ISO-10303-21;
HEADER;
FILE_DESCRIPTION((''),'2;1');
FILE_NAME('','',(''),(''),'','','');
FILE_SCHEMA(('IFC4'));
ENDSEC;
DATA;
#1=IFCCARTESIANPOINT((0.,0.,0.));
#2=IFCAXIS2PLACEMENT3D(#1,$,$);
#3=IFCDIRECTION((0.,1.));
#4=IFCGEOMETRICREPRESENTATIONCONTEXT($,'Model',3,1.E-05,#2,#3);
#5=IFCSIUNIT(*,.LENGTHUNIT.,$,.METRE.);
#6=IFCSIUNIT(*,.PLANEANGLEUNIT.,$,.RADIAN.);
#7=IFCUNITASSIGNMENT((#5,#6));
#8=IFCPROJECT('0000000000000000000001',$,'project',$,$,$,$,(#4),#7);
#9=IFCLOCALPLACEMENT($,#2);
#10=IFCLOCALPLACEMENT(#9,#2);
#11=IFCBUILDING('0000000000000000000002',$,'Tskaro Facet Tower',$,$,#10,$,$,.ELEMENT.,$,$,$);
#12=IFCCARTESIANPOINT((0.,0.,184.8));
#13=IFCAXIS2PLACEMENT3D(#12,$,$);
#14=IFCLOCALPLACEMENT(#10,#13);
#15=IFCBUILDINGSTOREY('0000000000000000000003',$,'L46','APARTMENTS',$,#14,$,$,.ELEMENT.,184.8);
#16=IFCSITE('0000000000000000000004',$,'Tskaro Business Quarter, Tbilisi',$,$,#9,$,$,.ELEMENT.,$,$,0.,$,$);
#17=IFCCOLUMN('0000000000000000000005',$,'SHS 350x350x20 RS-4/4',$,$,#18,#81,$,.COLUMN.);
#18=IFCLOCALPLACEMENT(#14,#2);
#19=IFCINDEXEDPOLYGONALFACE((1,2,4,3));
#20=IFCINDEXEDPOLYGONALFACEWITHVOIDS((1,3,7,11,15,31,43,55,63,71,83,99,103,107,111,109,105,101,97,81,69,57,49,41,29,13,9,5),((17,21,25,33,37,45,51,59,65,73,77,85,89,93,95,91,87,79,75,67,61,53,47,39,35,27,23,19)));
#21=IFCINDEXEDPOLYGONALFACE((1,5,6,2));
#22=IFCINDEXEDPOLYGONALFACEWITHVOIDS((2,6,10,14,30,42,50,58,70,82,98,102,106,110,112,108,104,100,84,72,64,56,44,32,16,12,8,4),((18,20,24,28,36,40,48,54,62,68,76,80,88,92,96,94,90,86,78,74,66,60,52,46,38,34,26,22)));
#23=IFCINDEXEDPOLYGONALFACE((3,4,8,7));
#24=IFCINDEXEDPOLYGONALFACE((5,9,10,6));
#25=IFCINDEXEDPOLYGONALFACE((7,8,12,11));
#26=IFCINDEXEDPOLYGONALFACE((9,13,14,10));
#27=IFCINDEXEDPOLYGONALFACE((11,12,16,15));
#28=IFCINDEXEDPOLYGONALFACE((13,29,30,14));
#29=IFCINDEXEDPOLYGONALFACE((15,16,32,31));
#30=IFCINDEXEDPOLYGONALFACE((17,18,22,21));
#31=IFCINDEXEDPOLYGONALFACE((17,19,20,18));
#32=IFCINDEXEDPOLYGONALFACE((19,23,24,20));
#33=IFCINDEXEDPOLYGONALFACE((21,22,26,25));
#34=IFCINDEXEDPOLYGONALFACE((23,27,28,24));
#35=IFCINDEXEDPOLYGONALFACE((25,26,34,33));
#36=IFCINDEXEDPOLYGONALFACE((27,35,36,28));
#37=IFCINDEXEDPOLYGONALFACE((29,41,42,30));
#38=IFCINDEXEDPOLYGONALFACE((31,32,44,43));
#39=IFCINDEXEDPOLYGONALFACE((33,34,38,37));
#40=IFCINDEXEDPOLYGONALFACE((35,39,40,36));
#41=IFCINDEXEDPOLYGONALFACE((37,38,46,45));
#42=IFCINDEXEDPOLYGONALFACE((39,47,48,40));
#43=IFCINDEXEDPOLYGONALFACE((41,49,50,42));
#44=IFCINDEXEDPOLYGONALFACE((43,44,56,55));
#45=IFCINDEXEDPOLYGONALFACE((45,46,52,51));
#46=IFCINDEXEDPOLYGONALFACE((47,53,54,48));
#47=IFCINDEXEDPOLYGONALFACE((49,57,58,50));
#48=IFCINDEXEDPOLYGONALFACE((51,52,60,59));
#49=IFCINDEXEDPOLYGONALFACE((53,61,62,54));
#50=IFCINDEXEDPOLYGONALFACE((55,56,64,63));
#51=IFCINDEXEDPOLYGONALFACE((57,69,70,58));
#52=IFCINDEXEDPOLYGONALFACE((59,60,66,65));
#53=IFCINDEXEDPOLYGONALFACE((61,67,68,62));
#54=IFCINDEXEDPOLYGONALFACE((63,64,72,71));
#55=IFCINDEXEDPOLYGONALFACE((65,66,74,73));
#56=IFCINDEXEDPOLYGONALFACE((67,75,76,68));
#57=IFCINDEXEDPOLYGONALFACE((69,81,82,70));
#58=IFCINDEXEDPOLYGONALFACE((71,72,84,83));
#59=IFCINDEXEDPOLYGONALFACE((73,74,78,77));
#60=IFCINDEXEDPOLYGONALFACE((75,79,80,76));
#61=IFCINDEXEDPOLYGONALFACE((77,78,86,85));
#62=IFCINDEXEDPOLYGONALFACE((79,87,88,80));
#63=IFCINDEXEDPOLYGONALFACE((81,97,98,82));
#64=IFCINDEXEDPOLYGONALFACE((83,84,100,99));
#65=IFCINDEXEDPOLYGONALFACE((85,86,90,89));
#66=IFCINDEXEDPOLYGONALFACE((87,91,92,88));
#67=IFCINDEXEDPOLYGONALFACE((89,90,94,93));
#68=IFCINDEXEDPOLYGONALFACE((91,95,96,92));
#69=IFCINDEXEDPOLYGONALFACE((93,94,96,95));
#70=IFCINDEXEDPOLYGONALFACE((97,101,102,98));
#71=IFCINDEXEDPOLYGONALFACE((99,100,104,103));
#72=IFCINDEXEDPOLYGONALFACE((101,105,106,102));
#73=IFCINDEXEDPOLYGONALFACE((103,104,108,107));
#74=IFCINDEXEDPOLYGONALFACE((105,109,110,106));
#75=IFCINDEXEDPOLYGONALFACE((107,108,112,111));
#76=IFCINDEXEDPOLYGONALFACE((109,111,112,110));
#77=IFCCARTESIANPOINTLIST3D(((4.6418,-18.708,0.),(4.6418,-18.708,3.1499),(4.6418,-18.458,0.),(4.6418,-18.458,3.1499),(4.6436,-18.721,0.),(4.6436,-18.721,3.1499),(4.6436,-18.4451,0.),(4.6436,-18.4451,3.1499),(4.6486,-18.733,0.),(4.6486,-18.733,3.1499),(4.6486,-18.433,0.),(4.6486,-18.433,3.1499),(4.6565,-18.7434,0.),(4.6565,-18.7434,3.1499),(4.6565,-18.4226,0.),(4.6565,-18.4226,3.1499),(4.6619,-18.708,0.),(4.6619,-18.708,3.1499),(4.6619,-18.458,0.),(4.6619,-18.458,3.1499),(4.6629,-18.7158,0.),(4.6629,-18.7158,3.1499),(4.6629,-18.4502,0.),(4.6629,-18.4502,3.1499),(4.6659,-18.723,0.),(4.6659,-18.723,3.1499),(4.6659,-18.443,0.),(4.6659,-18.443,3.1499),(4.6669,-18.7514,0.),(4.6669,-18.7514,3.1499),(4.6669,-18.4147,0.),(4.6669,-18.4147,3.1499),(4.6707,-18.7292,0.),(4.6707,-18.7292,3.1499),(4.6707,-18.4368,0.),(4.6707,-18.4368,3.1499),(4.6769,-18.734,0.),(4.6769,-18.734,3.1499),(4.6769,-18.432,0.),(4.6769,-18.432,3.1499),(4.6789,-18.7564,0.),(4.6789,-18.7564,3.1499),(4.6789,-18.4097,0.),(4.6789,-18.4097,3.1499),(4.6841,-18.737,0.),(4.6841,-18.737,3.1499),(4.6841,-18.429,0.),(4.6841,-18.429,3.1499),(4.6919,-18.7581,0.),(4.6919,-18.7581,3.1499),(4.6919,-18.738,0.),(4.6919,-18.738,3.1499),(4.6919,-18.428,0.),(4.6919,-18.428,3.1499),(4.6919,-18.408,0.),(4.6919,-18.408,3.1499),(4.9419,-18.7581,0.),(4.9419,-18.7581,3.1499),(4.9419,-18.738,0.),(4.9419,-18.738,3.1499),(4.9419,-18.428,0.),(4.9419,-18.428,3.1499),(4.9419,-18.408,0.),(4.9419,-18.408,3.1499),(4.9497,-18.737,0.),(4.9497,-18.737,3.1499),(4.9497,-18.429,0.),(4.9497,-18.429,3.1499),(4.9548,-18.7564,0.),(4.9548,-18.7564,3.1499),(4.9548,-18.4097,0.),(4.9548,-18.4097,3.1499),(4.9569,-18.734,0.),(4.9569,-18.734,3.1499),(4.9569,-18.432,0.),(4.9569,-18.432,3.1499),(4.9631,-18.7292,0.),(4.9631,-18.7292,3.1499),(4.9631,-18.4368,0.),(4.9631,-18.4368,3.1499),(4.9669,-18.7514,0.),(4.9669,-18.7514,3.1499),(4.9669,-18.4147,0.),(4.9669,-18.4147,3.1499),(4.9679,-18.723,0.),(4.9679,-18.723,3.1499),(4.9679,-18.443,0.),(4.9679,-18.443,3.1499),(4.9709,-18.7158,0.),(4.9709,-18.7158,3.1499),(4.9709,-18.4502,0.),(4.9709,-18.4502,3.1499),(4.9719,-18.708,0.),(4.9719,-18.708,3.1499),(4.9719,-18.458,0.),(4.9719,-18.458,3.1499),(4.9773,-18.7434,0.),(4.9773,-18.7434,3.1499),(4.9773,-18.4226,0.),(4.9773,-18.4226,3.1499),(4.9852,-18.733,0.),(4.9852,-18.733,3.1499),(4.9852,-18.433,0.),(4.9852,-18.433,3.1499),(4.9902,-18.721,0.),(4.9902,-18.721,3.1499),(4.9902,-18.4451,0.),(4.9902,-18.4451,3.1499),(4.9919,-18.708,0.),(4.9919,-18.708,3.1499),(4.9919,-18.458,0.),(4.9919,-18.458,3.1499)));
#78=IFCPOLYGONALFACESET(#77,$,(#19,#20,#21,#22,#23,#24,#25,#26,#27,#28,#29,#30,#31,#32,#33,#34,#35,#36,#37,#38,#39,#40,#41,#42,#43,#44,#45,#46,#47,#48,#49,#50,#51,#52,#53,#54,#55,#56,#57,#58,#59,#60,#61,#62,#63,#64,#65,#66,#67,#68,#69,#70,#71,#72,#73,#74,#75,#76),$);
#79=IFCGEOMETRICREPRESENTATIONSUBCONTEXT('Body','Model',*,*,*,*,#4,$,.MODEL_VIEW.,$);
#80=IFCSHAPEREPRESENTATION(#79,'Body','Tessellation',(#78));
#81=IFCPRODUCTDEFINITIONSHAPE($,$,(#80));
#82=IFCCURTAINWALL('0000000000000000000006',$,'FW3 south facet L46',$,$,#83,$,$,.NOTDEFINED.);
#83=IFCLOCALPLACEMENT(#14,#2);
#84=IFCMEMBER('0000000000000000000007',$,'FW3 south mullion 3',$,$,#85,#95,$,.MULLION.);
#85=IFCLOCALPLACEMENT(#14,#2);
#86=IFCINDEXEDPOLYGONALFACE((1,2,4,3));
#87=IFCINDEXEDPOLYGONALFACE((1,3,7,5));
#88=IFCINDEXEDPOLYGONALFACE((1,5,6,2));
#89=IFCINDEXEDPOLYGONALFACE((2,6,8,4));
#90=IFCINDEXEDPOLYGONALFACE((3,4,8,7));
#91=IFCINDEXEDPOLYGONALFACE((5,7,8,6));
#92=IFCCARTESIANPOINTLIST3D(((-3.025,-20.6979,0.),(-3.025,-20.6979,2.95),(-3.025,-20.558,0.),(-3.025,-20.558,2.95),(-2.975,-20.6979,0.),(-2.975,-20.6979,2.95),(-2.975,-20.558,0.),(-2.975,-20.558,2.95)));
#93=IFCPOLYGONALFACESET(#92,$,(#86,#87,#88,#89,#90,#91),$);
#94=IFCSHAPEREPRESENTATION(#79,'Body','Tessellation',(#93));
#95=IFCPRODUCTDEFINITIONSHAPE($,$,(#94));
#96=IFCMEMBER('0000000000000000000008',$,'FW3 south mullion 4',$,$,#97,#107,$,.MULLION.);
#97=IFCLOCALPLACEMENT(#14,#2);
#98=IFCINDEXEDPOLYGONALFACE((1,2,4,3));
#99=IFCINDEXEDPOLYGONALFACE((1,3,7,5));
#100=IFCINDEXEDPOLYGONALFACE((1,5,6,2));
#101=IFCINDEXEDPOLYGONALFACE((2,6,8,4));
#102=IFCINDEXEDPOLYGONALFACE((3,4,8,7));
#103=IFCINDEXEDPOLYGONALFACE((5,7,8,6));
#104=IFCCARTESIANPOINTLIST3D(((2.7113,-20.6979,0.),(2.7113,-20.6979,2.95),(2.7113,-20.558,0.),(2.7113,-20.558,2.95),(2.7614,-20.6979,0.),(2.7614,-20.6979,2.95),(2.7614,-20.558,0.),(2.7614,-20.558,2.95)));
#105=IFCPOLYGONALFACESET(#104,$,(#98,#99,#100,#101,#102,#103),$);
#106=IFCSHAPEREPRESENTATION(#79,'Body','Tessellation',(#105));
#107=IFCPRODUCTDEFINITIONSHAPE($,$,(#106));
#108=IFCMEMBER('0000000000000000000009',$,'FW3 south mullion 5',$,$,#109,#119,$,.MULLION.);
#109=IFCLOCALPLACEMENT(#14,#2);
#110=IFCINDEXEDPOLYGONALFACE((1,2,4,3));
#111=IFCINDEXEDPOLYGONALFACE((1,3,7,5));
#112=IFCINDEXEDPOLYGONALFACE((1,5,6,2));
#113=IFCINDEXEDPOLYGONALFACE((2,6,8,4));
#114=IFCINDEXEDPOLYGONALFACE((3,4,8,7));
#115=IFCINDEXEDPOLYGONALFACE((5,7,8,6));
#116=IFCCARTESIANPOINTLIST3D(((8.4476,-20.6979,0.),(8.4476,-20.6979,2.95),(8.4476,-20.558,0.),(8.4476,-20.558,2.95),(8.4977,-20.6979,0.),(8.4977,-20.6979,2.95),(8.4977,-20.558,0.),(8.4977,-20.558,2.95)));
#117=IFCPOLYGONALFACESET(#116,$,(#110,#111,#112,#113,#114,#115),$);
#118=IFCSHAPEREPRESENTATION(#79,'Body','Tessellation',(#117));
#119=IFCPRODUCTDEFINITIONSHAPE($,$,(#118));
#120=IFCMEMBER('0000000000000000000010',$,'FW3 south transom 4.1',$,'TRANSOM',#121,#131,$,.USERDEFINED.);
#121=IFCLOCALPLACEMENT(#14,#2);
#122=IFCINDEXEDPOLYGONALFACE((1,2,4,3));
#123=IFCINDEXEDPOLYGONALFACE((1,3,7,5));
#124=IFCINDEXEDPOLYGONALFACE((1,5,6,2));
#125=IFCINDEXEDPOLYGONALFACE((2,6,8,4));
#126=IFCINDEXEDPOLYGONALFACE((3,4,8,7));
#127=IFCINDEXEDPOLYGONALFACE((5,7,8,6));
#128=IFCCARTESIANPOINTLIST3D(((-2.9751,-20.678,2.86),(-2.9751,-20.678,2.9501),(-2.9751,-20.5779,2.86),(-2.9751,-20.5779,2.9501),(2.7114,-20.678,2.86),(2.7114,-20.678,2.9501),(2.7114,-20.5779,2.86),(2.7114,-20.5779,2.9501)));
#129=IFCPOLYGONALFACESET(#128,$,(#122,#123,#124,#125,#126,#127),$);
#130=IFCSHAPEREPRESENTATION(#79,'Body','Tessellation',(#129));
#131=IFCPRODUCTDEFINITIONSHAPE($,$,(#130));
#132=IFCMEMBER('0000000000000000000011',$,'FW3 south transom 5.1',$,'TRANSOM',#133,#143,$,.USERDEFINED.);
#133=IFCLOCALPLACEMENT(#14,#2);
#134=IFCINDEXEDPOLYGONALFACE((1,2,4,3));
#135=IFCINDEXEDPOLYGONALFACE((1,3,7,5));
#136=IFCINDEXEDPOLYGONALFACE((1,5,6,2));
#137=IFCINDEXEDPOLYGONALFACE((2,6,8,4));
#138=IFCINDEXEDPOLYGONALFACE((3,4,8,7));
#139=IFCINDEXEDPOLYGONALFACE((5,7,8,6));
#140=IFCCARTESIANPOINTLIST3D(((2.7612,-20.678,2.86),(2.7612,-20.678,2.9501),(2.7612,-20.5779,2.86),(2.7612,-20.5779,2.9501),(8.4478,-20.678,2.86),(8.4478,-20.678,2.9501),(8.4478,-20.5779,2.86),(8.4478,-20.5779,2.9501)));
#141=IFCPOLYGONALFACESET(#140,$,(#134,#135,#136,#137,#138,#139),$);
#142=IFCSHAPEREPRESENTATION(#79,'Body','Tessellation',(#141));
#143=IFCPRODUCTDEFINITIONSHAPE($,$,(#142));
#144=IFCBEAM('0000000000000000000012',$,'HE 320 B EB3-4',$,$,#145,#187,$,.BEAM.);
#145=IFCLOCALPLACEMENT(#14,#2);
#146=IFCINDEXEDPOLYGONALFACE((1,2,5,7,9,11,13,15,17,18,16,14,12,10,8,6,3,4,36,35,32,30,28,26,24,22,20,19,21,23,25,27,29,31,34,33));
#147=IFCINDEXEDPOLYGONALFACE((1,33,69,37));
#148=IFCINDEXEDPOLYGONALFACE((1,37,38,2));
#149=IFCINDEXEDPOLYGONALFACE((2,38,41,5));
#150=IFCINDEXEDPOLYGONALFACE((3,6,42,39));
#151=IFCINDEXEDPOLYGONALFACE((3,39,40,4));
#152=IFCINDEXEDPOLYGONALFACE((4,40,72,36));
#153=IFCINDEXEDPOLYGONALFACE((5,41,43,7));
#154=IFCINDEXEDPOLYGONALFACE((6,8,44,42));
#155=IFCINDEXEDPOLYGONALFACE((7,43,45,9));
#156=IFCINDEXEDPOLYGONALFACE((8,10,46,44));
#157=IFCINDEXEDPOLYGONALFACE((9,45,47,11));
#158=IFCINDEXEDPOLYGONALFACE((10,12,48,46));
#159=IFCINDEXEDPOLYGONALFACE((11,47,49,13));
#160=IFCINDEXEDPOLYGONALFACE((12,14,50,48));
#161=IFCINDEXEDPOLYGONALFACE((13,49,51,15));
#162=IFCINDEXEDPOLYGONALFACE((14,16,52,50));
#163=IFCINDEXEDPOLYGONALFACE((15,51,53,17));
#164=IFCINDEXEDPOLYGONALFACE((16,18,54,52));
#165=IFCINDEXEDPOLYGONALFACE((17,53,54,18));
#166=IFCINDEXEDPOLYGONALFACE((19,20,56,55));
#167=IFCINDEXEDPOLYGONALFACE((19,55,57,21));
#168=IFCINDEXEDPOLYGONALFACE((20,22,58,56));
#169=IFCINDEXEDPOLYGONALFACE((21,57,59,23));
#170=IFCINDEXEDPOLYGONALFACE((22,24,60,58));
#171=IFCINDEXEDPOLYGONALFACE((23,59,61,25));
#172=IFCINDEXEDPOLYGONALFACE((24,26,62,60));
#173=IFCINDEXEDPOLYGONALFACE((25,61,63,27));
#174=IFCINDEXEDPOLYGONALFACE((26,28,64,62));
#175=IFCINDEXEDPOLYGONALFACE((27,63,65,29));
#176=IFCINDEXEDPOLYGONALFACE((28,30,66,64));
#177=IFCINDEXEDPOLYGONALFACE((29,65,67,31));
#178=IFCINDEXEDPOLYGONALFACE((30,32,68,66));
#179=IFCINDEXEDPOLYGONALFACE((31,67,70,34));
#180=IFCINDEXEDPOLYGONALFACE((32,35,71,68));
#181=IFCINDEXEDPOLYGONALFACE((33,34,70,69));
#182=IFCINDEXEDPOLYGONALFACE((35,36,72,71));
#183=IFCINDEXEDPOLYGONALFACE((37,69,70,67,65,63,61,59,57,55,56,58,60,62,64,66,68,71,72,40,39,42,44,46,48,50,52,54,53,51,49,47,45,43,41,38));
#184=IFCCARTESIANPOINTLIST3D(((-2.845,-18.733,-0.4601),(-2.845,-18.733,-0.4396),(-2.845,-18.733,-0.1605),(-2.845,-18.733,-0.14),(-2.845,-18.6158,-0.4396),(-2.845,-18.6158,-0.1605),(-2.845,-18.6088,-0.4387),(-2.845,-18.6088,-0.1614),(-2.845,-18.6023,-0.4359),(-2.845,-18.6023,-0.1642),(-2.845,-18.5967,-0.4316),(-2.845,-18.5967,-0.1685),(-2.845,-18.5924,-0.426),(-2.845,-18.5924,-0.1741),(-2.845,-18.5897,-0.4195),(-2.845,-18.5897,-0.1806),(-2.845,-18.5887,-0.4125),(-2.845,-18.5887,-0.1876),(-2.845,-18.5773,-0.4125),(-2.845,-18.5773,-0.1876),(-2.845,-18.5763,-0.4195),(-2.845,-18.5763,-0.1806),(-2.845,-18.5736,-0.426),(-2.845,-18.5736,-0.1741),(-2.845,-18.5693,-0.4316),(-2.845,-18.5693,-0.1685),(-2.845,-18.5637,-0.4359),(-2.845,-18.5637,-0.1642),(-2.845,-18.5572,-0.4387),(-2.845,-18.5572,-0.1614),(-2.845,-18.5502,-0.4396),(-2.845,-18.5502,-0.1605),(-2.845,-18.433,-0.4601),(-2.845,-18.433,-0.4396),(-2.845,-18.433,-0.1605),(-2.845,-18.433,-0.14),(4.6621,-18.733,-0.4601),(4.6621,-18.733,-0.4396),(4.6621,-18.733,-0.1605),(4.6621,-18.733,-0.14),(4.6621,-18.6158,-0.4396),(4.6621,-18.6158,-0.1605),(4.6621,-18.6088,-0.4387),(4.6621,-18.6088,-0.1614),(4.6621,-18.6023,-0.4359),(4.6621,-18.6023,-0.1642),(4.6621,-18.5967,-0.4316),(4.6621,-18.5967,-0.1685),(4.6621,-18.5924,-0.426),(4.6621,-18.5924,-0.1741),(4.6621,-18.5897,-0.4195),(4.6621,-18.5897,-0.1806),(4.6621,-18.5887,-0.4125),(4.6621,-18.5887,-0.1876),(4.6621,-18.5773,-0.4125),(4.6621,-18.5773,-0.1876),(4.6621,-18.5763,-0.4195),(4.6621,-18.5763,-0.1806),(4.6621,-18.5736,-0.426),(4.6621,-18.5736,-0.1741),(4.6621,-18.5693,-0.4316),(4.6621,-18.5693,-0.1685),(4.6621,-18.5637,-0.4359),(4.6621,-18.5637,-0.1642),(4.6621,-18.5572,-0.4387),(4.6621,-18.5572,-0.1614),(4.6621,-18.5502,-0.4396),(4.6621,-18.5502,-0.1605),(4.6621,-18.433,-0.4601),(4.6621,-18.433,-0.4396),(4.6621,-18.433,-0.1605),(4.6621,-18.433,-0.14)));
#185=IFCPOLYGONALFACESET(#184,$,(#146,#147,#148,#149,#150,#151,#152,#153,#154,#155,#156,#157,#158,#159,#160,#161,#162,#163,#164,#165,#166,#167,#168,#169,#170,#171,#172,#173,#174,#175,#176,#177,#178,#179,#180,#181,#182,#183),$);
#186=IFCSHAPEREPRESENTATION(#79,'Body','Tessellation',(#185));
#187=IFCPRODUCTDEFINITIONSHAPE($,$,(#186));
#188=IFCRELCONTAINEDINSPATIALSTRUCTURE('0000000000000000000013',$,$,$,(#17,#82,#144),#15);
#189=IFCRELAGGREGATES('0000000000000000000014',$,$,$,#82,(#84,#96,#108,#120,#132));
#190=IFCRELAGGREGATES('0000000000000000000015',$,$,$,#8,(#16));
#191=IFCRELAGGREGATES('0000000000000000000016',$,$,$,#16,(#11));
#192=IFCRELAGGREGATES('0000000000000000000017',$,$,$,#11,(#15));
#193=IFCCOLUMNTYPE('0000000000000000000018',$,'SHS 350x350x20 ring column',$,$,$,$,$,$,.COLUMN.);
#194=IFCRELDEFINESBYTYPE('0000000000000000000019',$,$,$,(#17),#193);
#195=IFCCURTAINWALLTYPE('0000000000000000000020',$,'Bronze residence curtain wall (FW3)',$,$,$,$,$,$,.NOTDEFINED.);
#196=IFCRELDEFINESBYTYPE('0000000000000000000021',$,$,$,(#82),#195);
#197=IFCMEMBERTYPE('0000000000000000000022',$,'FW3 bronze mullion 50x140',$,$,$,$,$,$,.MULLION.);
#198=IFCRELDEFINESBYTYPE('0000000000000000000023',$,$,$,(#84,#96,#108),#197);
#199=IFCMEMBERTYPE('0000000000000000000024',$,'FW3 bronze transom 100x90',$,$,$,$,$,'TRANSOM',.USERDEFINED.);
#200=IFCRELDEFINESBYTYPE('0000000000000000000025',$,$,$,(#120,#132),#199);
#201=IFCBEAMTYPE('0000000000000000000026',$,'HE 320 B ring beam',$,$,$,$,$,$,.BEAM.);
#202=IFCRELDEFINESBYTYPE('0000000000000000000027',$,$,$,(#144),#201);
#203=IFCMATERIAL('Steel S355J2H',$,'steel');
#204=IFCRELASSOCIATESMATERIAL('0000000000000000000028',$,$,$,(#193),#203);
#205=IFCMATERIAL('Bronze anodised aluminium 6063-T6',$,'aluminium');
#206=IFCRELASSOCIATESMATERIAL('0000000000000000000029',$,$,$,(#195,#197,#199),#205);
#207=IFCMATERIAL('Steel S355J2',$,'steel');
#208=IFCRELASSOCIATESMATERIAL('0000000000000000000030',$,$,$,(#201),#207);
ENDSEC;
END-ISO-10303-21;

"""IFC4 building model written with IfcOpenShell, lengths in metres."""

from ifc_helpers import new_model, si_unit, direction, frame, origin, origin_2d, place, context, subcontext, project, spatial, rectangle, hollow_rectangle, i_section, extrude, material, material_profile, profile_set, type_object, element, aggregate, save


model = new_model("IFC4")

# Units and contexts
model_context = context("Model", 3, precision=1e-05, world=origin(), true_north=direction((0.0, 1.0)))
body_context = subcontext(model_context, "Body", "Model", "MODEL_VIEW")
ifc_project = project(units=[si_unit("LENGTHUNIT", "METRE"), si_unit("PLANEANGLEUNIT", "RADIAN")], contexts=[model_context])

# Site, building, storey
site_placement = place(None, origin())
site = spatial("IfcSite", under=ifc_project, at=site_placement, Name="Tskaro Business Quarter, Tbilisi", CompositionType="ELEMENT", RefElevation=0.0)
building_placement = place(site_placement, origin())
building = spatial("IfcBuilding", under=site, at=building_placement, Name="Tskaro Facet Tower", CompositionType="ELEMENT")
storey_placement = place(building_placement, frame((0.0, 0.0, 184.8)))
storey = spatial("IfcBuildingStorey", under=building, at=storey_placement, Name="L46", Description="APARTMENTS", CompositionType="ELEMENT", Elevation=184.8)

# Column
ifc_material_1 = material(Name="Steel S355J2H", Category="steel")
ifc_material_profile_1 = material_profile(ifc_material_1, hollow_rectangle(XDim=0.3501, YDim=0.3501, WallThickness=0.02, InnerFilletRadius=0.03, OuterFilletRadius=0.05, at=origin_2d()), Name="SHS 350x350x20")
ifc_profile_set_1 = profile_set([ifc_material_profile_1], Name="Steel S355J2H")
column_type = type_object("IfcColumnType", Name="SHS 350x350x20 ring column", PredefinedType="COLUMN", material=ifc_profile_set_1)
column_placement = place(storey_placement, frame((4.8169, -18.583, 0.0), z_axis=(0.0, 0.0, 1.0), x_axis=(1.0, 0.0, 0.0)))
element("IfcColumn", 1, at=column_placement, inside=storey, type_object=column_type, Name="SHS 350x350x20 RS-4/4", PredefinedType="COLUMN", context=body_context, shape_type="SweptSolid", body=[
    extrude(hollow_rectangle(XDim=0.3501, YDim=0.3501, WallThickness=0.02, InnerFilletRadius=0.03, OuterFilletRadius=0.05, at=origin_2d()), origin(), (0.0, 0.0, 1.0), 3.1499),
])

# Curtain wall, members
ifc_material_2 = material(Name="Bronze anodised aluminium 6063-T6", Category="aluminium")
curtain_wall_type = type_object("IfcCurtainWallType", Name="Bronze residence curtain wall (FW3)", PredefinedType="NOTDEFINED", material=ifc_material_2)
curtain_wall_placement = place(storey_placement, origin())
curtain_wall = element("IfcCurtainWall", 2, at=curtain_wall_placement, inside=storey, type_object=curtain_wall_type, Name="FW3 south facet L46", PredefinedType="NOTDEFINED")
ifc_material_profile_2 = material_profile(ifc_material_2, rectangle(XDim=0.05, YDim=0.1399, at=origin_2d()), Name="Mullion 50x140")
ifc_profile_set_2 = profile_set([ifc_material_profile_2], Name="Bronze anodised aluminium 6063-T6")
member_type_1 = type_object("IfcMemberType", Name="FW3 bronze mullion 50x140", PredefinedType="MULLION", material=ifc_profile_set_2)
member_1_placement = place(storey_placement, frame((-3.0, -20.6279, 0.0), z_axis=(0.0, 0.0, 1.0), x_axis=(1.0, 0.0, 0.0)))
member_1 = element("IfcMember", 3, at=member_1_placement, type_object=member_type_1, Name="FW3 south mullion 3", PredefinedType="MULLION", context=body_context, shape_type="SweptSolid", body=[
    extrude(rectangle(XDim=0.05, YDim=0.1399, at=origin_2d()), origin(), (0.0, 0.0, 1.0), 2.95),
])
member_2_placement = place(storey_placement, frame((2.7363, -20.6279, 0.0), z_axis=(0.0, 0.0, 1.0), x_axis=(1.0, 0.0, 0.0)))
member_2 = element("IfcMember", 4, at=member_2_placement, type_object=member_type_1, Name="FW3 south mullion 4", PredefinedType="MULLION", context=body_context, shape_type="SweptSolid", body=[
    extrude(rectangle(XDim=0.05, YDim=0.1399, at=origin_2d()), origin(), (0.0, 0.0, 1.0), 2.95),
])
member_3_placement = place(storey_placement, frame((8.4727, -20.6279, 0.0), z_axis=(0.0, 0.0, 1.0), x_axis=(1.0, 0.0, 0.0)))
member_3 = element("IfcMember", 5, at=member_3_placement, type_object=member_type_1, Name="FW3 south mullion 5", PredefinedType="MULLION", context=body_context, shape_type="SweptSolid", body=[
    extrude(rectangle(XDim=0.05, YDim=0.1399, at=origin_2d()), origin(), (0.0, 0.0, 1.0), 2.95),
])
ifc_material_profile_3 = material_profile(ifc_material_2, rectangle(XDim=0.1001, YDim=0.0901, at=origin_2d()), Name="Transom 100x90")
ifc_profile_set_3 = profile_set([ifc_material_profile_3], Name="Bronze anodised aluminium 6063-T6")
member_type_2 = type_object("IfcMemberType", Name="FW3 bronze transom 100x90", ElementType="TRANSOM", PredefinedType="USERDEFINED", material=ifc_profile_set_3)
member_4_placement = place(storey_placement, frame((-2.9751, -20.6279, 2.905), z_axis=(1.0, 0.0, 0.0), x_axis=(0.0, 1.0, 0.0)))
member_4 = element("IfcMember", 6, at=member_4_placement, type_object=member_type_2, Name="FW3 south transom 4.1", ObjectType="TRANSOM", PredefinedType="USERDEFINED", context=body_context, shape_type="SweptSolid", body=[
    extrude(rectangle(XDim=0.1001, YDim=0.0901, at=origin_2d()), origin(), (0.0, 0.0, 1.0), 5.6865),
])
member_5_placement = place(storey_placement, frame((2.7612, -20.6279, 2.905), z_axis=(1.0, 0.0, 0.0), x_axis=(0.0, 1.0, 0.0)))
member_5 = element("IfcMember", 7, at=member_5_placement, type_object=member_type_2, Name="FW3 south transom 5.1", ObjectType="TRANSOM", PredefinedType="USERDEFINED", context=body_context, shape_type="SweptSolid", body=[
    extrude(rectangle(XDim=0.1001, YDim=0.0901, at=origin_2d()), origin(), (0.0, 0.0, 1.0), 5.6865),
])

# Beam
ifc_material_3 = material(Name="Steel S355J2", Category="steel")
ifc_material_profile_4 = material_profile(ifc_material_3, i_section(OverallWidth=0.3, OverallDepth=0.3201, WebThickness=0.0115, FlangeThickness=0.0205, FilletRadius=0.0271, at=origin_2d()), Name="HE 320 B")
ifc_profile_set_4 = profile_set([ifc_material_profile_4], Name="Steel S355J2")
beam_type_1 = type_object("IfcBeamType", Name="HE 320 B ring beam", PredefinedType="BEAM", material=ifc_profile_set_4)
beam_1_placement = place(storey_placement, frame((-2.845, -18.583, -0.3), z_axis=(1.0, 0.0, 0.0), x_axis=(0.0, 1.0, 0.0)))
element("IfcBeam", 8, at=beam_1_placement, inside=storey, type_object=beam_type_1, Name="HE 320 B EB3-4", PredefinedType="BEAM", context=body_context, shape_type="SweptSolid", body=[
    extrude(i_section(OverallWidth=0.3, OverallDepth=0.3201, WebThickness=0.0115, FlangeThickness=0.0205, FilletRadius=0.0271, at=origin_2d()), origin(), (0.0, 0.0, 1.0), 7.5071),
])

aggregate(curtain_wall, [member_1, member_2, member_3, member_4, member_5])

save(model, "model.ifc")
